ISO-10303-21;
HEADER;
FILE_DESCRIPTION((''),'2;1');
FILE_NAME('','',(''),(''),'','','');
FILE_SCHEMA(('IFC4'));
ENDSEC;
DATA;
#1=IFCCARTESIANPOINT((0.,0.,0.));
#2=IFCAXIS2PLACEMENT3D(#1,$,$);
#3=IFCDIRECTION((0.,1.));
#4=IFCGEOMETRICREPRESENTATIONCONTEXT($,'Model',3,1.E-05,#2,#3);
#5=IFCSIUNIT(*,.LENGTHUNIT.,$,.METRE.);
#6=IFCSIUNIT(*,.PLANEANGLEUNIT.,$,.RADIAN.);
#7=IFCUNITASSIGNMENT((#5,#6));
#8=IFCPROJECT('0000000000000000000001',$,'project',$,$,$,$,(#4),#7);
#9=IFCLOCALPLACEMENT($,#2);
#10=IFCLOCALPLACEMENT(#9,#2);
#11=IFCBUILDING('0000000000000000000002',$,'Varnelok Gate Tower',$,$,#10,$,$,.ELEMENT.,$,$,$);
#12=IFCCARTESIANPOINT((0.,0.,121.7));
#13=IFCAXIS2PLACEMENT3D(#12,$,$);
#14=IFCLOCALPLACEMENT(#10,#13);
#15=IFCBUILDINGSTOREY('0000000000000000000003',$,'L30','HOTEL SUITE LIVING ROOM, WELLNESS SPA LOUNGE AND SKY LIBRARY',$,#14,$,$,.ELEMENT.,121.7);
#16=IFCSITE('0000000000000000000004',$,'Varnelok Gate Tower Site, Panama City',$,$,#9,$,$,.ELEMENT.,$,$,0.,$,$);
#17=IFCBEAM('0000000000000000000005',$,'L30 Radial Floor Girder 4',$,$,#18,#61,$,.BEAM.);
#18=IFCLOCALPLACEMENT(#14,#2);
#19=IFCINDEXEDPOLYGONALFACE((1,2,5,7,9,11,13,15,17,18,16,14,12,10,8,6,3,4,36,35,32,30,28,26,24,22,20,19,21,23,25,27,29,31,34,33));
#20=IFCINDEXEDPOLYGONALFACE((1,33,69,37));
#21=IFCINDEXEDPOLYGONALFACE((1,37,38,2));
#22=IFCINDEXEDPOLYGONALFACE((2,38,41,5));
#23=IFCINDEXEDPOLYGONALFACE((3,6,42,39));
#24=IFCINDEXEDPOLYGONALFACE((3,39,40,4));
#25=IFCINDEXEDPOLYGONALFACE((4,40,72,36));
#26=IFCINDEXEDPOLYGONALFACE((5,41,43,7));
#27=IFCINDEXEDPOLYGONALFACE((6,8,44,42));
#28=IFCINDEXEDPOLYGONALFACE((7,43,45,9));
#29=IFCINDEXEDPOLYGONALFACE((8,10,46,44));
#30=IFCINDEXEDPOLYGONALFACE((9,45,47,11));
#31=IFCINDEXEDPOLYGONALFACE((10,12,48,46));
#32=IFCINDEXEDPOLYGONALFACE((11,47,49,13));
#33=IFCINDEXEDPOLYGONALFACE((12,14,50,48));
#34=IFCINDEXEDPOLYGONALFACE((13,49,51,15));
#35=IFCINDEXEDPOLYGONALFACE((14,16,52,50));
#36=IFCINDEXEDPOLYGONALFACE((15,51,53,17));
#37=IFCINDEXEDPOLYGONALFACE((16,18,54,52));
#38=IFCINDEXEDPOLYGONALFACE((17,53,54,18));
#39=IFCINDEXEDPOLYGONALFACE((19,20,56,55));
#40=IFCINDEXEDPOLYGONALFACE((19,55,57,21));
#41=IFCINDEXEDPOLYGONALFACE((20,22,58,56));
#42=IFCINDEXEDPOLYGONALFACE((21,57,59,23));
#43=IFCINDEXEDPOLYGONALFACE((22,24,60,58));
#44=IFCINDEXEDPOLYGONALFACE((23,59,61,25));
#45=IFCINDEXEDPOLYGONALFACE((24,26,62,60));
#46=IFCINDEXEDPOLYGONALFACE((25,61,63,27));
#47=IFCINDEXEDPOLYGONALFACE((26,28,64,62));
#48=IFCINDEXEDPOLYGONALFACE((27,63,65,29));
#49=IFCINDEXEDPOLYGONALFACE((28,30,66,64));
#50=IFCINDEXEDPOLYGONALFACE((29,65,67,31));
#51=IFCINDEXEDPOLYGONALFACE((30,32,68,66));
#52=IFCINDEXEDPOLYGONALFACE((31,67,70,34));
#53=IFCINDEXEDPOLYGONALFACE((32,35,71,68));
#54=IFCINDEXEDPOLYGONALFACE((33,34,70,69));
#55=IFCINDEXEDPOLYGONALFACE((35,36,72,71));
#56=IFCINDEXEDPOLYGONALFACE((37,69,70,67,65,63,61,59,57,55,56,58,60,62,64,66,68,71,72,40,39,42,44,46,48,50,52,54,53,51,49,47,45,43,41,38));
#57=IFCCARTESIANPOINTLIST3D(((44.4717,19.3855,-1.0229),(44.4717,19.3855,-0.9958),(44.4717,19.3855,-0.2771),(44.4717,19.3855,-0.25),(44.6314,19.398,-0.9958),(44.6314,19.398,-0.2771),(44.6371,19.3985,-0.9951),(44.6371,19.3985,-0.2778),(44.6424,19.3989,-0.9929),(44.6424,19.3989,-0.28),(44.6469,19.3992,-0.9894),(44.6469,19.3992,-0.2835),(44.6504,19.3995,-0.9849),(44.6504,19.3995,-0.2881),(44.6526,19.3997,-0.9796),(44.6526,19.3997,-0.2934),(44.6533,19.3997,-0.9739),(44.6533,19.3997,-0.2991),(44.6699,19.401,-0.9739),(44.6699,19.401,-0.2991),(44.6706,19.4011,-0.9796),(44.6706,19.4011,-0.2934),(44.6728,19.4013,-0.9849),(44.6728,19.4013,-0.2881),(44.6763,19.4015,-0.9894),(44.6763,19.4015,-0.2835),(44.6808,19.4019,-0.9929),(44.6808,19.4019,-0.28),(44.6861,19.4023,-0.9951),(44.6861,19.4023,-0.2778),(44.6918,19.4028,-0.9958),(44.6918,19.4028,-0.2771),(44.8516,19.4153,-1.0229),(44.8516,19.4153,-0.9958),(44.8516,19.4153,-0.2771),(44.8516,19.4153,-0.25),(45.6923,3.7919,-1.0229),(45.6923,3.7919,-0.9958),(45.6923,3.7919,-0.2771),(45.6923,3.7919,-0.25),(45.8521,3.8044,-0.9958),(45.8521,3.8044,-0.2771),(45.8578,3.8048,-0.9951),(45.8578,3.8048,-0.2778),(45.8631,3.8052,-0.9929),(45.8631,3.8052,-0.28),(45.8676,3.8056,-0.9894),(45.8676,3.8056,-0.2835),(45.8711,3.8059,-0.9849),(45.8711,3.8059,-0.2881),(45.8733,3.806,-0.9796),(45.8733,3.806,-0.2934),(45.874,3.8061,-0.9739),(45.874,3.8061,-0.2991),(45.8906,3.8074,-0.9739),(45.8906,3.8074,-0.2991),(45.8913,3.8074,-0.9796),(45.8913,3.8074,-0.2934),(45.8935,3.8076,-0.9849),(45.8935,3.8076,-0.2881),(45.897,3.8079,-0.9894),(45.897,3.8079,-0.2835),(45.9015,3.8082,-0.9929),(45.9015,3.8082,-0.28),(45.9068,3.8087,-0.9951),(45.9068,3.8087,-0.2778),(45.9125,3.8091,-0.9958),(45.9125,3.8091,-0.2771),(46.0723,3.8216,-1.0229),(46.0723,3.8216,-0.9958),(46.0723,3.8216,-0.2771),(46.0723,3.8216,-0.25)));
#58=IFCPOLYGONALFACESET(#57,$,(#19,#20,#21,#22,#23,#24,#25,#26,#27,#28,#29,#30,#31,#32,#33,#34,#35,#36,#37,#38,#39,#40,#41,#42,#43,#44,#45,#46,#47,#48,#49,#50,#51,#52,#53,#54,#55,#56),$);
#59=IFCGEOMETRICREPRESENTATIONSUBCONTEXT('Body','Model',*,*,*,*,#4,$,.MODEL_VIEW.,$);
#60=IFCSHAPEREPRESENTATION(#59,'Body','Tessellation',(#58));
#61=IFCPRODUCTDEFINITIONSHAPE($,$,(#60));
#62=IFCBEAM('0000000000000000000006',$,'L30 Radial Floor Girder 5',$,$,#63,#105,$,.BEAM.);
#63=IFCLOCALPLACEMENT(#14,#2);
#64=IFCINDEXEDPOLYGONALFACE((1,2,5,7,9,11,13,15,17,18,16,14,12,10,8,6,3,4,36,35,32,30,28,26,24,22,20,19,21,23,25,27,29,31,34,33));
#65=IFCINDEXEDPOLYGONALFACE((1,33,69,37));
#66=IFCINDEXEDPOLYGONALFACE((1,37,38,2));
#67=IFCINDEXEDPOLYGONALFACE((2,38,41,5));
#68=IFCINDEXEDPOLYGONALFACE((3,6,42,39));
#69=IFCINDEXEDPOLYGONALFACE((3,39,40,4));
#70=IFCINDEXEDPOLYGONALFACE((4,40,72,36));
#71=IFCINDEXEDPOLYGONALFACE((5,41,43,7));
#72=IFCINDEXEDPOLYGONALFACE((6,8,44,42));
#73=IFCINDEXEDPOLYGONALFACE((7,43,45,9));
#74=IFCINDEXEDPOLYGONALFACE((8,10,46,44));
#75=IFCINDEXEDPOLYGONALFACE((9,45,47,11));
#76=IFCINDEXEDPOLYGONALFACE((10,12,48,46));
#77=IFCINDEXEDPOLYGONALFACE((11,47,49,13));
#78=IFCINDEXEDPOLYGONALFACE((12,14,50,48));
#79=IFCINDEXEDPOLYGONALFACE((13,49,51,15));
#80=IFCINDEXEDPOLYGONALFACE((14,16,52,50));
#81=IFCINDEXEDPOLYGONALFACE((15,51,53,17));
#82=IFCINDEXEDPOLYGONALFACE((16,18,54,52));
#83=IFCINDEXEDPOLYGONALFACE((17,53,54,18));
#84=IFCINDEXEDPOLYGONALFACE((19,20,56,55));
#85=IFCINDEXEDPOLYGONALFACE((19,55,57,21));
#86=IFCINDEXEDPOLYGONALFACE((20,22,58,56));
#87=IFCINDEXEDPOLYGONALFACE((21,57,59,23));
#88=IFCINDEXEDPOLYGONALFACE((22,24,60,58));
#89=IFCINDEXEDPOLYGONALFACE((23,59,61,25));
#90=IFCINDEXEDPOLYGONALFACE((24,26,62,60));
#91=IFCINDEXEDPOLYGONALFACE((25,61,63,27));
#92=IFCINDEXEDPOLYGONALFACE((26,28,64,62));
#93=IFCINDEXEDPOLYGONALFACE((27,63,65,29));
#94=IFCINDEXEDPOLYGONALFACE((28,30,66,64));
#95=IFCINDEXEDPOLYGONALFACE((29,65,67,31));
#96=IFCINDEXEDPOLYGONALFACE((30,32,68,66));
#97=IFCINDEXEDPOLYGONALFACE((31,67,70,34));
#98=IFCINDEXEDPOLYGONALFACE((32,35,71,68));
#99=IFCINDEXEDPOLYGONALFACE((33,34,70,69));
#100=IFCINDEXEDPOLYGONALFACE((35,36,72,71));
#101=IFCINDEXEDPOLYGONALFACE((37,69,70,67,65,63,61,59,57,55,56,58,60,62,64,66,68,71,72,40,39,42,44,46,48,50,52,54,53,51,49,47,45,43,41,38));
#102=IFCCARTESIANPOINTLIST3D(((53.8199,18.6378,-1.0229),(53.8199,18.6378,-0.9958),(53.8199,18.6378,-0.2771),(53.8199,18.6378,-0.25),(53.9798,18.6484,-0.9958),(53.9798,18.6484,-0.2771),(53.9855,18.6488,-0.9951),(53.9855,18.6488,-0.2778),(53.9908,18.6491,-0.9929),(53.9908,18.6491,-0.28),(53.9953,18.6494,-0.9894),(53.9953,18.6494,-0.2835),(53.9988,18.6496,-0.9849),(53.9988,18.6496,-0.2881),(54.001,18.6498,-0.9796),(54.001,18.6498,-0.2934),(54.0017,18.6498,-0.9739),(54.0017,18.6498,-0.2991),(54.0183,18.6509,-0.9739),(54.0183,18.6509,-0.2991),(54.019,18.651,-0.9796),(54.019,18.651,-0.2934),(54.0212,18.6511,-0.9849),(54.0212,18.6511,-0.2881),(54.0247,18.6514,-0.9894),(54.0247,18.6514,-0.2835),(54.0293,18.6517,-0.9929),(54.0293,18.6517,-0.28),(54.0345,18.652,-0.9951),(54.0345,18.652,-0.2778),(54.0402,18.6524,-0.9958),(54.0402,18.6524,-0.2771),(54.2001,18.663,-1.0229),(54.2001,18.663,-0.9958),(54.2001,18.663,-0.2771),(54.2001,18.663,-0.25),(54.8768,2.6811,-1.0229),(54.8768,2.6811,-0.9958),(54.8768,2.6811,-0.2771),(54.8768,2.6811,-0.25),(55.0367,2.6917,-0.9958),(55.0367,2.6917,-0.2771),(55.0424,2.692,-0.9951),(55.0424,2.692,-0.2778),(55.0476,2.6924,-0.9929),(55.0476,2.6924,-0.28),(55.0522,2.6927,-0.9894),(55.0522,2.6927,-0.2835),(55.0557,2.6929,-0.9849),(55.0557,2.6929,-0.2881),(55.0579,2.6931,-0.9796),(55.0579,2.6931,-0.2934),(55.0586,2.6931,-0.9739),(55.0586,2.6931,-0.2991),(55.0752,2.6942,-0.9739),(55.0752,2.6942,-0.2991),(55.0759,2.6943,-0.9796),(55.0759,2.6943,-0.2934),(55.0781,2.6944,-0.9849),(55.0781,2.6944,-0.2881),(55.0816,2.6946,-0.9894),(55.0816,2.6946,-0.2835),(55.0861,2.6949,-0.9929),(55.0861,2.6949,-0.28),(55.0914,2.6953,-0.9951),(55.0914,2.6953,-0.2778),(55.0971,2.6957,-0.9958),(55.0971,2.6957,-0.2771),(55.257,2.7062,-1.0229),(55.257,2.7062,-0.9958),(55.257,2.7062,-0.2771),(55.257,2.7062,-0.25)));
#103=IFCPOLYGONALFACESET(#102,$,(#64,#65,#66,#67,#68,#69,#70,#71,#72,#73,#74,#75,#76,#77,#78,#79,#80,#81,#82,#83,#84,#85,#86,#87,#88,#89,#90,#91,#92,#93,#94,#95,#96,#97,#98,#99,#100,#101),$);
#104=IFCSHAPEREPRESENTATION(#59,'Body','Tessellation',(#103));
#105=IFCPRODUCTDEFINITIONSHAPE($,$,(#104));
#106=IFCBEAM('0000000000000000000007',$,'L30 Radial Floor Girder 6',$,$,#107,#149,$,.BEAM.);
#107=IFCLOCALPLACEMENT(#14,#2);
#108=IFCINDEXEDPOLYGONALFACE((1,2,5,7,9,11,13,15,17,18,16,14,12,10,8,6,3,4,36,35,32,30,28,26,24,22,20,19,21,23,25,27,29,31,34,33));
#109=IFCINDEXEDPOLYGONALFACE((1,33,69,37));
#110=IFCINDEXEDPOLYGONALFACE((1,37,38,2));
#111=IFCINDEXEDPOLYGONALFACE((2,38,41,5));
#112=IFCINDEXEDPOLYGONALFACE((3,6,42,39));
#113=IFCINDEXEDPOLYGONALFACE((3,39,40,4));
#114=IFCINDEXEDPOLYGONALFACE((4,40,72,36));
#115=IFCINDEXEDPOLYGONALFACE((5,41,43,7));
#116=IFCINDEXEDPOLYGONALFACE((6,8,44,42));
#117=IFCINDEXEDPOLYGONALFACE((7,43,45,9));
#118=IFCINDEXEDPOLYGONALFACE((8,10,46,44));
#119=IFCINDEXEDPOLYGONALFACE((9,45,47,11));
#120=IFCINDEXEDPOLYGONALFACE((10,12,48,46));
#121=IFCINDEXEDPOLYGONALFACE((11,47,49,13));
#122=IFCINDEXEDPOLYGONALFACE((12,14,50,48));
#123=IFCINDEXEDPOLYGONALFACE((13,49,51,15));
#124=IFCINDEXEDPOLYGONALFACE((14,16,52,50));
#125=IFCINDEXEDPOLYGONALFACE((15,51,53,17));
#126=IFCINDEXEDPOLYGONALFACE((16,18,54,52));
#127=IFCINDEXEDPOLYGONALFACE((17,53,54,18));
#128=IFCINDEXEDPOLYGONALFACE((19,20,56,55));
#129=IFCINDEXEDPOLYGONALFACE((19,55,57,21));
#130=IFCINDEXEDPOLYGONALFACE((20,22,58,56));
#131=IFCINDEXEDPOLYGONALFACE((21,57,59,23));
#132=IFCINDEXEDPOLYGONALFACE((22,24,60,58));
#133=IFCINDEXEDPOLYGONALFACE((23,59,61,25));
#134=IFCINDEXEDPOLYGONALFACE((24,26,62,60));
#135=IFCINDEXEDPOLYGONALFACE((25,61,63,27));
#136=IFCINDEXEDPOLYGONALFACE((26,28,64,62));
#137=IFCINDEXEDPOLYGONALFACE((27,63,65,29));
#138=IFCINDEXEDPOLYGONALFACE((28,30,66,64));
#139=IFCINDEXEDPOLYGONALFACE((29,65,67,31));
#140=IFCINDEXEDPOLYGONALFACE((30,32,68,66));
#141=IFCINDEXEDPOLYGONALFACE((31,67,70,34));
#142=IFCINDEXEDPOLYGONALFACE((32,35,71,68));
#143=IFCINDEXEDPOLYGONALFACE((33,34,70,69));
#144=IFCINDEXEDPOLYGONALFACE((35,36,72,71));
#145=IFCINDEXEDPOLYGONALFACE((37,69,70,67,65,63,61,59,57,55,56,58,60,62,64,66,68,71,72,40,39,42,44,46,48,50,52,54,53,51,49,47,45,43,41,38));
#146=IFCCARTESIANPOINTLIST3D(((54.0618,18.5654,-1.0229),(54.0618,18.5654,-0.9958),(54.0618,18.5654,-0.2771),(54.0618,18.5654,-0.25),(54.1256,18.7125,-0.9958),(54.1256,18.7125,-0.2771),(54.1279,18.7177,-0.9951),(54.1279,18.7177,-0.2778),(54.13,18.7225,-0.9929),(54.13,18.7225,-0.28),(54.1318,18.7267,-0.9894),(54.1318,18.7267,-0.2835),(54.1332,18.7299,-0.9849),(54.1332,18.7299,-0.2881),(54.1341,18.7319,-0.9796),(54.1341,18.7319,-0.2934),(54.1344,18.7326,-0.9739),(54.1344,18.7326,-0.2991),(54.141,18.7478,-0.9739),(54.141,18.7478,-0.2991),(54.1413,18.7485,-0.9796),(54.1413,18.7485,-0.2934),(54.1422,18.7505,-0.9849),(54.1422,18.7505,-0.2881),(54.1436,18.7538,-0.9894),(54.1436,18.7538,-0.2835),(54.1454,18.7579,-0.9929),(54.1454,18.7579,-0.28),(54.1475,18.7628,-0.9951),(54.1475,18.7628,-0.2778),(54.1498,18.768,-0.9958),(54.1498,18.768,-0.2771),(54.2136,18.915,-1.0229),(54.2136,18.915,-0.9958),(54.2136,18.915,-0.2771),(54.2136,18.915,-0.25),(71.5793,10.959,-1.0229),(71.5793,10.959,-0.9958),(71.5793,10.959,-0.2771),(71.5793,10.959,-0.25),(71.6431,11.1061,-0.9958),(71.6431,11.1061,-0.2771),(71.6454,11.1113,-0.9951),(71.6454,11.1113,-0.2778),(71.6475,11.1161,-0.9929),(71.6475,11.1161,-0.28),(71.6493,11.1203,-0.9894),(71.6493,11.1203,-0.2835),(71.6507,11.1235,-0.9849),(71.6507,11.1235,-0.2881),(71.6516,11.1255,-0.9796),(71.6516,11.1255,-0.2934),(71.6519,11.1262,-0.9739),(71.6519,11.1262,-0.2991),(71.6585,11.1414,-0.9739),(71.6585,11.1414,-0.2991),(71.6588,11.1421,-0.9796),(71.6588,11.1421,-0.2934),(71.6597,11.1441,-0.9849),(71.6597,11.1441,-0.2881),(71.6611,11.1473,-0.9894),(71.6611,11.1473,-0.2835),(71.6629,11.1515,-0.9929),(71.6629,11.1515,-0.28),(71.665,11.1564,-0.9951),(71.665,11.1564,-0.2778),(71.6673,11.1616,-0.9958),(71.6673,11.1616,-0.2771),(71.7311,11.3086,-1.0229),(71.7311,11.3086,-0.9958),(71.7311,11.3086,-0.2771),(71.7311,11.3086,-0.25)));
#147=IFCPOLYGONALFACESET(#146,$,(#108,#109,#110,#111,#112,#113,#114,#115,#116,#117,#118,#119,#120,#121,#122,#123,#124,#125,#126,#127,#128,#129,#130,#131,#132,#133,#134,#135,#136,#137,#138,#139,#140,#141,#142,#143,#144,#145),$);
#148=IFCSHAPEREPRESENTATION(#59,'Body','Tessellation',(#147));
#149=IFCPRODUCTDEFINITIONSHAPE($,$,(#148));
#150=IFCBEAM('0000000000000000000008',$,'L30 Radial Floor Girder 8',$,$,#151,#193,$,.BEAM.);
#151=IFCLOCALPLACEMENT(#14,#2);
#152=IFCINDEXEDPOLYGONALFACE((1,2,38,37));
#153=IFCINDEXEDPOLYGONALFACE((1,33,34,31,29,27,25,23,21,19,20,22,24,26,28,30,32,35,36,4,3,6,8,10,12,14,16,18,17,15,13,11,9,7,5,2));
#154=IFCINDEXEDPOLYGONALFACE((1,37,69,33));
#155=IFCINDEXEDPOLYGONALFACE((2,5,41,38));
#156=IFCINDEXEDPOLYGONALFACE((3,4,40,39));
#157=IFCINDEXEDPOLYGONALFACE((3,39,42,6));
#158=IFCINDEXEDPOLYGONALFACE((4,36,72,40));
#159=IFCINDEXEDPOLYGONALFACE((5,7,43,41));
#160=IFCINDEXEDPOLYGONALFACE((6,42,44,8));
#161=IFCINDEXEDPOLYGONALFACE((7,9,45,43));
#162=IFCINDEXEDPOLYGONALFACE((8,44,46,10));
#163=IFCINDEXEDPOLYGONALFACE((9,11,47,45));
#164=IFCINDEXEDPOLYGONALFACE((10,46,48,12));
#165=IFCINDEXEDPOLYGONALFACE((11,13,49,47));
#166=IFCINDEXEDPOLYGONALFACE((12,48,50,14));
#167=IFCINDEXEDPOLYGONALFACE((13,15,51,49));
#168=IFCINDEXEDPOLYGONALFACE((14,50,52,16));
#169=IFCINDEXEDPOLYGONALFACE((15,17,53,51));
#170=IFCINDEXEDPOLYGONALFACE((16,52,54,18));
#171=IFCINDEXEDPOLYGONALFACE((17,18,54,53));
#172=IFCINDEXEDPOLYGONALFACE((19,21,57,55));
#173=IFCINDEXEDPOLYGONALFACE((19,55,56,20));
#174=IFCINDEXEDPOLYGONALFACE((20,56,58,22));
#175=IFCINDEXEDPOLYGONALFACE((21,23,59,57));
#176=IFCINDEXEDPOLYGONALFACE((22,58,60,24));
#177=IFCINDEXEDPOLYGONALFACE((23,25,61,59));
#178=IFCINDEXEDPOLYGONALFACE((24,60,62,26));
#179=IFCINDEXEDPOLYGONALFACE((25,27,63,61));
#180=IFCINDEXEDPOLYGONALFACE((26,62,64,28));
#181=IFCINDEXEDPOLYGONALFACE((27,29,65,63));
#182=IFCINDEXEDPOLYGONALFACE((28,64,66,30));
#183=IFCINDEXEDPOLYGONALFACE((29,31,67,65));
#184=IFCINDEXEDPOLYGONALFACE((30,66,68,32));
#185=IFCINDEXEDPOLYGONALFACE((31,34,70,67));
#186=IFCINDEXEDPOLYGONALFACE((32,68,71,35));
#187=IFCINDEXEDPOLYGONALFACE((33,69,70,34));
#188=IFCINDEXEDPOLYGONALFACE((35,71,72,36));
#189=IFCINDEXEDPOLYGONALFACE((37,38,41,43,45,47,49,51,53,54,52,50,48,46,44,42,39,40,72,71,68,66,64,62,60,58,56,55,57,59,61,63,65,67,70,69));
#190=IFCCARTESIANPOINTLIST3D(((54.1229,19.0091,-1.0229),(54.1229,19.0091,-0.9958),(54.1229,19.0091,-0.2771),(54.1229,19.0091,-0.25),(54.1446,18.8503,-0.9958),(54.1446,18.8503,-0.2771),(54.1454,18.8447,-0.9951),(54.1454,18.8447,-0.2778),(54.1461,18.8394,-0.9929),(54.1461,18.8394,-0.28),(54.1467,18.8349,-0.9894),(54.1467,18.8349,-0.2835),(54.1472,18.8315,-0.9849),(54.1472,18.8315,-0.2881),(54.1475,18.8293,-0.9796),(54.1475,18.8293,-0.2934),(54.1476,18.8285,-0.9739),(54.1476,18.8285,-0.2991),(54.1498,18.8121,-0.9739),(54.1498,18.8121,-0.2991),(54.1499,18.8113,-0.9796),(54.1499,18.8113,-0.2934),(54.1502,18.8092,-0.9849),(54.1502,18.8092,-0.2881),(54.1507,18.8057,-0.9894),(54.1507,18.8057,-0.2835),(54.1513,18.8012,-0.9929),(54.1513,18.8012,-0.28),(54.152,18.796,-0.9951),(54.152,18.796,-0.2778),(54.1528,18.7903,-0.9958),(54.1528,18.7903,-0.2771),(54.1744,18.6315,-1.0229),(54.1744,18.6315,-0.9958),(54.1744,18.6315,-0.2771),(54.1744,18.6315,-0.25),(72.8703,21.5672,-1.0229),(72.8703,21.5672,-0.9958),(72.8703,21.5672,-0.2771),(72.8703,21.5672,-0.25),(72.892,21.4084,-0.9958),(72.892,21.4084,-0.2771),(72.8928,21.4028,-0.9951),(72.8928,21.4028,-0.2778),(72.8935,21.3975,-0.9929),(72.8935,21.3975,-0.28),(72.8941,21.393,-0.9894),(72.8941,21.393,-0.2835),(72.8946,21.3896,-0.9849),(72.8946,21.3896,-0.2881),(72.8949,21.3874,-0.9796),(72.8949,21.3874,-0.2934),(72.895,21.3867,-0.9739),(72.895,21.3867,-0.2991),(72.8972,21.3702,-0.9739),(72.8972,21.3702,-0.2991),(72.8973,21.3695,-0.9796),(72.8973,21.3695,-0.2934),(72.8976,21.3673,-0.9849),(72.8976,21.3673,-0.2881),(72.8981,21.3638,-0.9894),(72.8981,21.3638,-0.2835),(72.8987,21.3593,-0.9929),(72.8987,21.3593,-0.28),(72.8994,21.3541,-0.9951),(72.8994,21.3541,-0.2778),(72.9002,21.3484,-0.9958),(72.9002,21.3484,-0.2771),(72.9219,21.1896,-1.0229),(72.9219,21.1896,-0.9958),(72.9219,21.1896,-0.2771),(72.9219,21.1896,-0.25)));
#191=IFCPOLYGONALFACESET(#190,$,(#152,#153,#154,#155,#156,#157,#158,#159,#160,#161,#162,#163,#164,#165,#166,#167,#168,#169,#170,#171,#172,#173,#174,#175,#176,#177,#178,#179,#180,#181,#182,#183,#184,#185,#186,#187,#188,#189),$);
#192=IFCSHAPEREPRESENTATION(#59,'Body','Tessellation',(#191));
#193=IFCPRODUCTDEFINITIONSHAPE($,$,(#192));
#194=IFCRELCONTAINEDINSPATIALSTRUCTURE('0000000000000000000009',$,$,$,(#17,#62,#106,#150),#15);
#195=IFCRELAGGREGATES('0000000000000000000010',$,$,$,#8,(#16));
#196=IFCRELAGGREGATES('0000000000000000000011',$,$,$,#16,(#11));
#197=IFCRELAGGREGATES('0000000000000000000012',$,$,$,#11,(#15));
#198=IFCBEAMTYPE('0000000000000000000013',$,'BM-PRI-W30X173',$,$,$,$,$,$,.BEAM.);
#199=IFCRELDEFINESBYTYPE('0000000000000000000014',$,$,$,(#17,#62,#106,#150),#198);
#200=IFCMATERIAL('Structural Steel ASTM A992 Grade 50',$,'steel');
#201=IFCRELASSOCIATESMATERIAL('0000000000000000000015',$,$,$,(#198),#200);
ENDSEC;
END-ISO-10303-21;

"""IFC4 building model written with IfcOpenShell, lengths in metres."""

from ifc_helpers import new_model, si_unit, direction, frame, origin, origin_2d, place, context, subcontext, project, spatial, i_section, extrude, material, material_profile, profile_set, type_object, element, save


model = new_model("IFC4")

# Units and contexts
model_context = context("Model", 3, precision=1e-05, world=origin(), true_north=direction((0.0, 1.0)))
body_context = subcontext(model_context, "Body", "Model", "MODEL_VIEW")
ifc_project = project(units=[si_unit("LENGTHUNIT", "METRE"), si_unit("PLANEANGLEUNIT", "RADIAN")], contexts=[model_context])

# Site, building, storey
site_placement = place(None, origin())
site = spatial("IfcSite", under=ifc_project, at=site_placement, Name="Varnelok Gate Tower Site, Panama City", CompositionType="ELEMENT", RefElevation=0.0)
building_placement = place(site_placement, origin())
building = spatial("IfcBuilding", under=site, at=building_placement, Name="Varnelok Gate Tower", CompositionType="ELEMENT")
storey_placement = place(building_placement, frame((0.0, 0.0, 121.7)))
storey = spatial("IfcBuildingStorey", under=building, at=storey_placement, Name="L30", Description="HOTEL SUITE LIVING ROOM, WELLNESS SPA LOUNGE AND SKY LIBRARY", CompositionType="ELEMENT", Elevation=121.7)

# Shared definitions
ifc_material_1 = material(Name="Structural Steel ASTM A992 Grade 50", Category="steel")

# Beams
ifc_material_profile_1 = material_profile(ifc_material_1, i_section(OverallWidth=0.3811, OverallDepth=0.7729, WebThickness=0.0166, FlangeThickness=0.0271, FilletRadius=0.022, at=origin_2d()), Name="W30X173")
ifc_profile_set_1 = profile_set([ifc_material_profile_1], Name="Structural Steel ASTM A992 Grade 50")
beam_type_1 = type_object("IfcBeamType", Name="BM-PRI-W30X173", PredefinedType="BEAM", material=ifc_profile_set_1)
beam_1_placement = place(storey_placement, frame((44.6616, 19.4004, -0.6365), z_axis=(0.078043, -0.99695, 0.0), x_axis=(0.99695, 0.078043, 0.0)))
element("IfcBeam", 1, at=beam_1_placement, inside=storey, type_object=beam_type_1, Name="L30 Radial Floor Girder 4", PredefinedType="BEAM", context=body_context, shape_type="SweptSolid", body=[
    extrude(i_section(OverallWidth=0.3811, OverallDepth=0.7729, WebThickness=0.0166, FlangeThickness=0.0271, FilletRadius=0.022, at=origin_2d()), origin(), (0.0, 0.0, 1.0), 15.6414),
])
beam_2_placement = place(storey_placement, frame((54.01, 18.6504, -0.6365), z_axis=(0.066089, -0.997814, 0.0), x_axis=(0.997814, 0.066089, 0.0)))
element("IfcBeam", 2, at=beam_2_placement, inside=storey, type_object=beam_type_1, Name="L30 Radial Floor Girder 5", PredefinedType="BEAM", context=body_context, shape_type="SweptSolid", body=[
    extrude(i_section(OverallWidth=0.3811, OverallDepth=0.7729, WebThickness=0.0166, FlangeThickness=0.0271, FilletRadius=0.022, at=origin_2d()), origin(), (0.0, 0.0, 1.0), 15.9917),
])
beam_3_placement = place(storey_placement, frame((54.1377, 18.7402, -0.6365), z_axis=(0.917259, -0.39829, 0.0), x_axis=(0.39829, 0.917259, 0.0)))
element("IfcBeam", 3, at=beam_3_placement, inside=storey, type_object=beam_type_1, Name="L30 Radial Floor Girder 6", PredefinedType="BEAM", context=body_context, shape_type="SweptSolid", body=[
    extrude(i_section(OverallWidth=0.3811, OverallDepth=0.7729, WebThickness=0.0166, FlangeThickness=0.0271, FilletRadius=0.022, at=origin_2d()), origin(), (0.0, 0.0, 1.0), 19.0977),
])
beam_4_placement = place(storey_placement, frame((54.1487, 18.8203, -0.6365), z_axis=(0.990818, 0.135199, 0.0), x_axis=(-0.135199, 0.990818, 0.0)))
element("IfcBeam", 4, at=beam_4_placement, inside=storey, type_object=beam_type_1, Name="L30 Radial Floor Girder 8", PredefinedType="BEAM", context=body_context, shape_type="SweptSolid", body=[
    extrude(i_section(OverallWidth=0.3811, OverallDepth=0.7729, WebThickness=0.0166, FlangeThickness=0.0271, FilletRadius=0.022, at=origin_2d()), origin(), (0.0, 0.0, 1.0), 18.9211),
])

save(model, "model.ifc")
